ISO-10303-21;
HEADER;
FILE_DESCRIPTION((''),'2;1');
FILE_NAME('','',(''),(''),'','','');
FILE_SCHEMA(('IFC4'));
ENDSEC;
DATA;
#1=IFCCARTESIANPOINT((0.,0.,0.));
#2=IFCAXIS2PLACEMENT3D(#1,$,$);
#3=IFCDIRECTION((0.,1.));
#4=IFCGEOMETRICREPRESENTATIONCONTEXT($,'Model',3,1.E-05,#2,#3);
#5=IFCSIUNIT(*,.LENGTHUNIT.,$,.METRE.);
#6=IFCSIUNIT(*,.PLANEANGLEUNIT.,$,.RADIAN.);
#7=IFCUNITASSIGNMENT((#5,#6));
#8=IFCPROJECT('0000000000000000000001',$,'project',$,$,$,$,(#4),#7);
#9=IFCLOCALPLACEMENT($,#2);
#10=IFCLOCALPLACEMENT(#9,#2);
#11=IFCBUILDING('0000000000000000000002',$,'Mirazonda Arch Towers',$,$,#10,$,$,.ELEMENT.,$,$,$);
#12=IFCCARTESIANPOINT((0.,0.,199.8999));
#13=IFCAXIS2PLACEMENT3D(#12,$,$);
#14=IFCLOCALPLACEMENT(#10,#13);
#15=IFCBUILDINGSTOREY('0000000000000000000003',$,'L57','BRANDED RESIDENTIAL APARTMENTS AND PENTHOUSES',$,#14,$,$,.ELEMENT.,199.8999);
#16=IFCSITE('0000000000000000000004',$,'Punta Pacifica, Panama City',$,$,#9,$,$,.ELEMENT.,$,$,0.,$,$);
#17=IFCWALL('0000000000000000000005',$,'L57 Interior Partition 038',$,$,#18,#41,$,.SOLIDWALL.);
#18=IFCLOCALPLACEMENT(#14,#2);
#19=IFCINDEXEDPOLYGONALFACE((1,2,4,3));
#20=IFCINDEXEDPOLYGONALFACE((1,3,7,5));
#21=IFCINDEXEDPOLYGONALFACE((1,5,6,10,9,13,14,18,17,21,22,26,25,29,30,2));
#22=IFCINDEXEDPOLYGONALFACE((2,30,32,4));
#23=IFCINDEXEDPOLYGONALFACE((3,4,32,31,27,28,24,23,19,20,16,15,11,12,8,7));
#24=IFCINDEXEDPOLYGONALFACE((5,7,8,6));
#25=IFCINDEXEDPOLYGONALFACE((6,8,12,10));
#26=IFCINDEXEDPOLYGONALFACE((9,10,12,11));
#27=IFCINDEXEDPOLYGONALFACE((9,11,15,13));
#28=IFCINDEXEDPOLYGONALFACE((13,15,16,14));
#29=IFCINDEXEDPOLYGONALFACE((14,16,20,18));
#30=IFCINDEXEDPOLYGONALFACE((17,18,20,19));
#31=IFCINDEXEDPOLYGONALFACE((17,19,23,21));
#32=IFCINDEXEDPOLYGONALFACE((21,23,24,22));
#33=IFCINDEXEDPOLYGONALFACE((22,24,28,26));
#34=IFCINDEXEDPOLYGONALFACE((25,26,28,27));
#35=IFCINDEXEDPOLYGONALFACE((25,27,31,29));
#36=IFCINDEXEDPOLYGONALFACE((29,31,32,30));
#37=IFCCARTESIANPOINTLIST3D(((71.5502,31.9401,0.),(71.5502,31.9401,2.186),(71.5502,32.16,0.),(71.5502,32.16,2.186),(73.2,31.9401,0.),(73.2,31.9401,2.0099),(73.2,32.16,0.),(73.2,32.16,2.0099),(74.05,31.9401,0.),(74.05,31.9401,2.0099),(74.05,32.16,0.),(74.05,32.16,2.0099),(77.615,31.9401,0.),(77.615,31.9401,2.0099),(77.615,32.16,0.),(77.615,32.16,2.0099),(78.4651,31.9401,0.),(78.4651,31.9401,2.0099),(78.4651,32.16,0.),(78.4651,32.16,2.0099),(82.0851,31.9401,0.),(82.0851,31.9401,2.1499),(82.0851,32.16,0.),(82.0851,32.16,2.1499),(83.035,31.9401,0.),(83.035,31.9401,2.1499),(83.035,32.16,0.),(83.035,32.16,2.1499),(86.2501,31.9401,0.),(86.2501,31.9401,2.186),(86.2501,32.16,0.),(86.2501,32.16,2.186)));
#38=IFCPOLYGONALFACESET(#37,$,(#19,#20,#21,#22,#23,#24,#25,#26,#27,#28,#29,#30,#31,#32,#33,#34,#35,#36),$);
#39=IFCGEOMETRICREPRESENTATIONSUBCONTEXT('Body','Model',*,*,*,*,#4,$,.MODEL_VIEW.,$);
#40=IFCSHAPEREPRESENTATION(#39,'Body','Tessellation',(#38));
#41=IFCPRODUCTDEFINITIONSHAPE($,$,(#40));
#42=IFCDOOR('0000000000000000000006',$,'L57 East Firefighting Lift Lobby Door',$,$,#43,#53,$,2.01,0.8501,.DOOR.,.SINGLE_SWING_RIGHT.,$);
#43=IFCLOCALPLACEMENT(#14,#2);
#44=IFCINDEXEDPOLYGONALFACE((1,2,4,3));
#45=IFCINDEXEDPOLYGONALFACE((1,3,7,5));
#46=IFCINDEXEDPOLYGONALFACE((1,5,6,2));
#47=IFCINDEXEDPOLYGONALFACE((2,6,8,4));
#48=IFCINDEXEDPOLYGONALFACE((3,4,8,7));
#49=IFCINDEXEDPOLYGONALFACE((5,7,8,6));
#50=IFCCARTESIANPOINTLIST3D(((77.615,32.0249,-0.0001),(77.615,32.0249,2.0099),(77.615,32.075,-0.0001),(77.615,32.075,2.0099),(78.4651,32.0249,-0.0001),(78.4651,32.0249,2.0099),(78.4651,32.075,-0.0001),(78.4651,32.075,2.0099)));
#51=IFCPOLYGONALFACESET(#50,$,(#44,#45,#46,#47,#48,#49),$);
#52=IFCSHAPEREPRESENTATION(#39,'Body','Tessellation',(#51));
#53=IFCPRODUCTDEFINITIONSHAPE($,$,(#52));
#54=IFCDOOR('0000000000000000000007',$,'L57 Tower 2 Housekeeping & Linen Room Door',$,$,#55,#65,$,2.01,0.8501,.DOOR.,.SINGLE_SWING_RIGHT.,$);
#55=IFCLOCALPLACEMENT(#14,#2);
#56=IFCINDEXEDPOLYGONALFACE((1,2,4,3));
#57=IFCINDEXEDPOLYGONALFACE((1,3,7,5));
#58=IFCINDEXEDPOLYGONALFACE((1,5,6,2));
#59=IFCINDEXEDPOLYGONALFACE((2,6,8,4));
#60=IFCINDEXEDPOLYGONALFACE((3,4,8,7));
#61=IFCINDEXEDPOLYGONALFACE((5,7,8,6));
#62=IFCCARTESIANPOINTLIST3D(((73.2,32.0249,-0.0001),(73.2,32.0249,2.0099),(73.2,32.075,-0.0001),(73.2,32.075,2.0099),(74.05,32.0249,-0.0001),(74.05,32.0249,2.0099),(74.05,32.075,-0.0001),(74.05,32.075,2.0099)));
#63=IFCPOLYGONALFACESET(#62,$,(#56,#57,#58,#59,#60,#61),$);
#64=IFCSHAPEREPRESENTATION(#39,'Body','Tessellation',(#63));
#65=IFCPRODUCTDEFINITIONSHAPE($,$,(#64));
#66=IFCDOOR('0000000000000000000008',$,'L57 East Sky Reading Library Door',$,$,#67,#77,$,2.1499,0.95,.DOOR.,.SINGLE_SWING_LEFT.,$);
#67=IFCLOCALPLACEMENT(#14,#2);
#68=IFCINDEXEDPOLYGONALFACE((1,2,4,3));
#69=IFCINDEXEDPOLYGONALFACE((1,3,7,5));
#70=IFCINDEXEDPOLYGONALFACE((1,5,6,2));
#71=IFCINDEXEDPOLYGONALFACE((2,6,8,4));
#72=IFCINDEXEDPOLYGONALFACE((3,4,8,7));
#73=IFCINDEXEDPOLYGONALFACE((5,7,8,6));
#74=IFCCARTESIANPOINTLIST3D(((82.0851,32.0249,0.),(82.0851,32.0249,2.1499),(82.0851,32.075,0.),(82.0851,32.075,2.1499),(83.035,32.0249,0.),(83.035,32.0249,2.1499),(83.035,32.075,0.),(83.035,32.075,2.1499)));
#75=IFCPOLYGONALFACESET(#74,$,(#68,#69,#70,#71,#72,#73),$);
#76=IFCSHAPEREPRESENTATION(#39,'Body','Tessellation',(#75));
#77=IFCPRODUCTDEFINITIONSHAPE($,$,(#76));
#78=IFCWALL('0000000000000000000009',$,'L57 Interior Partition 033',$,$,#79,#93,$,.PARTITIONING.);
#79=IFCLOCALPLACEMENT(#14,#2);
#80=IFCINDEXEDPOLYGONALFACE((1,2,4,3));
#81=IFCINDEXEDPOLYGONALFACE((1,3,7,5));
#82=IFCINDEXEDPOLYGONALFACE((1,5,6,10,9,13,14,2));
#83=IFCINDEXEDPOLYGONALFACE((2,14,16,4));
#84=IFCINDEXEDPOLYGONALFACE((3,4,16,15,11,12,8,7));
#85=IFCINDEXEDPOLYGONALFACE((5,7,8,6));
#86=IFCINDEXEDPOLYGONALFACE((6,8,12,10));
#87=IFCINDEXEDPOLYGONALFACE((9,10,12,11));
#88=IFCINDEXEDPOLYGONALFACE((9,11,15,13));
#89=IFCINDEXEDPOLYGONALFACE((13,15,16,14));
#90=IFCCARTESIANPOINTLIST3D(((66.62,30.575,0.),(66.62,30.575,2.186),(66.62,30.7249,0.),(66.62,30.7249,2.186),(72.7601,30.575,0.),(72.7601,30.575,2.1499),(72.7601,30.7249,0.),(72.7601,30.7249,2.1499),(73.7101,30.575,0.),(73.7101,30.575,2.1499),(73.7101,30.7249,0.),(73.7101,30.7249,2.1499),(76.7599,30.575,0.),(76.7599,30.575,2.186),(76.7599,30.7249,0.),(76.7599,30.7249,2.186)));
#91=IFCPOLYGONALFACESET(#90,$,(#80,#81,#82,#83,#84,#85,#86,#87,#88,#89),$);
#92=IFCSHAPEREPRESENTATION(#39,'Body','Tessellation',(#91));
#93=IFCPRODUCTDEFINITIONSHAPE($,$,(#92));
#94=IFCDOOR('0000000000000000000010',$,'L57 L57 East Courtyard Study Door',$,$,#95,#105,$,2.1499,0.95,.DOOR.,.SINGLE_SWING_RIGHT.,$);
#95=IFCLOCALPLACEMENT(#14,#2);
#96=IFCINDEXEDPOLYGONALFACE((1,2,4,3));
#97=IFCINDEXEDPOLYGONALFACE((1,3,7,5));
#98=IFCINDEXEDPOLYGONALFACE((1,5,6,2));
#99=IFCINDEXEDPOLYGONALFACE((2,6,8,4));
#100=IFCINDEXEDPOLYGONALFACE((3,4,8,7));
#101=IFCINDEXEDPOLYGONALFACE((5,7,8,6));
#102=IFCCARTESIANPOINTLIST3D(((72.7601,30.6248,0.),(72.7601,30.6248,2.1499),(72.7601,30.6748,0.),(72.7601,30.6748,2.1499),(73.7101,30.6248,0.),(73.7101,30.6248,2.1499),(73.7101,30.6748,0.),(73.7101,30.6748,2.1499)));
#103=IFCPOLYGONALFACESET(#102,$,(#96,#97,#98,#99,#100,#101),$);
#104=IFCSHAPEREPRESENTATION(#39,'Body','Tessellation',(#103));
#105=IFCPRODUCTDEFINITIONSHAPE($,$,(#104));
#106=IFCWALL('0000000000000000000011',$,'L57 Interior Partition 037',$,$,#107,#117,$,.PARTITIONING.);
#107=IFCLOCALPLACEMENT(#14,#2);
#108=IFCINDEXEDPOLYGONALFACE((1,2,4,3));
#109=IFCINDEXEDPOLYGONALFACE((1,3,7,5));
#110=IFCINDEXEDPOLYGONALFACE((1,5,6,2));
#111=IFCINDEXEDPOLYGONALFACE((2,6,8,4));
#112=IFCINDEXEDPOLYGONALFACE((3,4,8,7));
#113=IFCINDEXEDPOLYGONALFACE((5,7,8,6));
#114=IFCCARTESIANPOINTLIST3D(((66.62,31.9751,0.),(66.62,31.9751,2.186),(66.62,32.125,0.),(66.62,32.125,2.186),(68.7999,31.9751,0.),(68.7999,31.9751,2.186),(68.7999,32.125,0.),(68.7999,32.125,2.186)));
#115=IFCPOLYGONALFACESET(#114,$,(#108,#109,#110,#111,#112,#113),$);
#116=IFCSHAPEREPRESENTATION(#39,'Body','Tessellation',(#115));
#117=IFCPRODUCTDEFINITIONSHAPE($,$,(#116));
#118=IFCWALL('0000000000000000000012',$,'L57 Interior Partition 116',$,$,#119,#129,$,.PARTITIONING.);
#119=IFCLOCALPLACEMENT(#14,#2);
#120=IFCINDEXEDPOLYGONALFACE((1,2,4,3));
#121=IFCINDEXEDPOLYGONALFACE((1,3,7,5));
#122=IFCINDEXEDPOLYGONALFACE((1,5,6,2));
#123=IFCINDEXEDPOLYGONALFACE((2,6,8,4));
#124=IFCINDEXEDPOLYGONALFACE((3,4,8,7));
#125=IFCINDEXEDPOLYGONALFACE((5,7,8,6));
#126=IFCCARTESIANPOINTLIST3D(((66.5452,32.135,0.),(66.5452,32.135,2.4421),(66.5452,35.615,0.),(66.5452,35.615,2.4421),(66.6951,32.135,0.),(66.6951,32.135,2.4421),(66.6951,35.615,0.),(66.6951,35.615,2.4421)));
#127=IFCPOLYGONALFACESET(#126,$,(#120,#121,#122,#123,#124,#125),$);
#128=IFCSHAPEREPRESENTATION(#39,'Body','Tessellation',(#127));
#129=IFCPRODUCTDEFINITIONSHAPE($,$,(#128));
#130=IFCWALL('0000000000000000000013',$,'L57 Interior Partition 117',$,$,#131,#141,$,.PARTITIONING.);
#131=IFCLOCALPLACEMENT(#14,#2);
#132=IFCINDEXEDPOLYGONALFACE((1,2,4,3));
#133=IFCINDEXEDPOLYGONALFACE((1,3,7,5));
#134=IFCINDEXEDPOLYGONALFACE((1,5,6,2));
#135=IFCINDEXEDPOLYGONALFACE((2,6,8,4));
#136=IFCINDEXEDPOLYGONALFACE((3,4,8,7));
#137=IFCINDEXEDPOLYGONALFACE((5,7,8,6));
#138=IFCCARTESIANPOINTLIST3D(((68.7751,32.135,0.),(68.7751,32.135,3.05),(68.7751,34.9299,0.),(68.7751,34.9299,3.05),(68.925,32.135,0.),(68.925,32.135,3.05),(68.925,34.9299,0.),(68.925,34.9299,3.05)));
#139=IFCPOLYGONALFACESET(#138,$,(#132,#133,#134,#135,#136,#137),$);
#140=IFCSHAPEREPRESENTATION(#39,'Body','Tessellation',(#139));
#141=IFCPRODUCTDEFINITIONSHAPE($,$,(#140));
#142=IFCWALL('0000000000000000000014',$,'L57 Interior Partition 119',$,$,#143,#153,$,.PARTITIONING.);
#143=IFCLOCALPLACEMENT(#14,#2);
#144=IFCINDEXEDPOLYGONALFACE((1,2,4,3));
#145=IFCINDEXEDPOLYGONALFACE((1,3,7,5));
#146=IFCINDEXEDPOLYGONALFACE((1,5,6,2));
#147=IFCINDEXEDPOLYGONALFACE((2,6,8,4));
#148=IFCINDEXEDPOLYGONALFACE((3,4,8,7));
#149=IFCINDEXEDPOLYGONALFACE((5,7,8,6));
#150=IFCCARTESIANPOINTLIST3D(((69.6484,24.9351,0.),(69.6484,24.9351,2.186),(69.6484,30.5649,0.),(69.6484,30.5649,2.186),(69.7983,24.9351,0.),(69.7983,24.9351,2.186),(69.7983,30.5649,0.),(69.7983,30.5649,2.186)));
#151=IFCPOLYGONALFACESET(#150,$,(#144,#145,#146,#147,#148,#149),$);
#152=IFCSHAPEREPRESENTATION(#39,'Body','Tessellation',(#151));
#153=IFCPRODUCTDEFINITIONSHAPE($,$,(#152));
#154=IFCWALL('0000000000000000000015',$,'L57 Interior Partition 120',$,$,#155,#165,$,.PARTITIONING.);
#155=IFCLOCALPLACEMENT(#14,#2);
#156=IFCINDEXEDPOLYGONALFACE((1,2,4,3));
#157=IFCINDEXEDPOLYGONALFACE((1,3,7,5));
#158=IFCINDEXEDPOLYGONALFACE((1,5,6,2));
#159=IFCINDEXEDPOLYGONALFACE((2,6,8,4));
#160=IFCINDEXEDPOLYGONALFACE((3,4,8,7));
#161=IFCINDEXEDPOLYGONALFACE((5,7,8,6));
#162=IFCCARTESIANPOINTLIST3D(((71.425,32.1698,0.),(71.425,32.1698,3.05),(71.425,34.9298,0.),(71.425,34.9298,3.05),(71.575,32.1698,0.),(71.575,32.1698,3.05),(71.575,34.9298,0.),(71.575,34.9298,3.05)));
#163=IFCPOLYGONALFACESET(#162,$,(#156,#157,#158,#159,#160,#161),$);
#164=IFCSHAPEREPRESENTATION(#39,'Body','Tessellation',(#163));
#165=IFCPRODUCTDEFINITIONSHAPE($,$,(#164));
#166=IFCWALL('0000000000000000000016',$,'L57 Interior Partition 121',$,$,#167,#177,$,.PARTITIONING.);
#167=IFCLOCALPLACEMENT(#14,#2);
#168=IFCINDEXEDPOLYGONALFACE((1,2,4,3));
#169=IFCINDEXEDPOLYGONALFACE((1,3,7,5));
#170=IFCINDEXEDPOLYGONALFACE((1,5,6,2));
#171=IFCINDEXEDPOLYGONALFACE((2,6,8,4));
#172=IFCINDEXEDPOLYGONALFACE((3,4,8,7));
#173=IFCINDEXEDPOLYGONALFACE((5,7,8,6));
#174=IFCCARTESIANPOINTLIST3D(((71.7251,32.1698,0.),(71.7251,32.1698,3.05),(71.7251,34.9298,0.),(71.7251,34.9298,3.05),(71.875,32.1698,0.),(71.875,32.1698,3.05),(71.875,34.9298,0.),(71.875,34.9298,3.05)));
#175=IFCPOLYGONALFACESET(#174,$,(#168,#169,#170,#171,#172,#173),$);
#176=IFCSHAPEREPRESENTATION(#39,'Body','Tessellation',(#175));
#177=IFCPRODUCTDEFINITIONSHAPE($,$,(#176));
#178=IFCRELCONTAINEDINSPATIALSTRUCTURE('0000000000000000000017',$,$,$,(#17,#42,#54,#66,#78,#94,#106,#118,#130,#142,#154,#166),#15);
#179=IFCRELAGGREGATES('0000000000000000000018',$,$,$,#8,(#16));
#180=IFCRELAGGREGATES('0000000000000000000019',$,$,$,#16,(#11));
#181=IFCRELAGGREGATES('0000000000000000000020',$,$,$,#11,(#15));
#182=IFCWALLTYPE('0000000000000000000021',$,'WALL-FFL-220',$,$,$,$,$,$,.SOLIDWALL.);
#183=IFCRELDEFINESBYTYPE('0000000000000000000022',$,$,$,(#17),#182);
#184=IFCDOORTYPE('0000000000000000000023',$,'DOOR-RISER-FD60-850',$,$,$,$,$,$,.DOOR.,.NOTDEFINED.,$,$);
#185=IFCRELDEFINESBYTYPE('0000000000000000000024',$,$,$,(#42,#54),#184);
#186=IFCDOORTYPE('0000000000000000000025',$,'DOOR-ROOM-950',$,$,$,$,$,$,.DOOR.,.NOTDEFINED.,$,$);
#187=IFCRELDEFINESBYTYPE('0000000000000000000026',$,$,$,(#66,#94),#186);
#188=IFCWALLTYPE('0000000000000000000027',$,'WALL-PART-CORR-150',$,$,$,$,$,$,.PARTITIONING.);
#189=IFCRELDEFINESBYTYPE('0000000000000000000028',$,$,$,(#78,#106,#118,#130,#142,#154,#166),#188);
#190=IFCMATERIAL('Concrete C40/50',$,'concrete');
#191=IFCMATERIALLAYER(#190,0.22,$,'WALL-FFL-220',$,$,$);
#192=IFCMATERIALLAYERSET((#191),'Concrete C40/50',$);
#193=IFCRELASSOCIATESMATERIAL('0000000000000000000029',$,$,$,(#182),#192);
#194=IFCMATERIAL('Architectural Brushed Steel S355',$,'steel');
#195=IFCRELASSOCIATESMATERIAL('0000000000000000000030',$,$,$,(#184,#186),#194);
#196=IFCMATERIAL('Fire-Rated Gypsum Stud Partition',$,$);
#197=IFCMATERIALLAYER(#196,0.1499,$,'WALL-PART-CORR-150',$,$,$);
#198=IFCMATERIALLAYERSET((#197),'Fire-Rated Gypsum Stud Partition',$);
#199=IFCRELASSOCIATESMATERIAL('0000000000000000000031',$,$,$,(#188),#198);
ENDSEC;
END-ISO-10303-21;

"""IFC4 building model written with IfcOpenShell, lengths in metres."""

from ifc_helpers import new_model, si_unit, direction, frame, frame_2d, origin, place, context, subcontext, project, spatial, rectangle, extrude, material, layer, layer_set, type_object, element, fill, save


model = new_model("IFC4")

# Units and contexts
model_context = context("Model", 3, precision=1e-05, world=origin(), true_north=direction((0.0, 1.0)))
body_context = subcontext(model_context, "Body", "Model", "MODEL_VIEW")
ifc_project = project(units=[si_unit("LENGTHUNIT", "METRE"), si_unit("PLANEANGLEUNIT", "RADIAN")], contexts=[model_context])

# Site, building, storey
site_placement = place(None, origin())
site = spatial("IfcSite", under=ifc_project, at=site_placement, Name="Punta Pacifica, Panama City", CompositionType="ELEMENT", RefElevation=0.0)
building_placement = place(site_placement, origin())
building = spatial("IfcBuilding", under=site, at=building_placement, Name="Mirazonda Arch Towers", CompositionType="ELEMENT")
storey_placement = place(building_placement, frame((0.0, 0.0, 199.8999)))
storey = spatial("IfcBuildingStorey", under=building, at=storey_placement, Name="L57", Description="BRANDED RESIDENTIAL APARTMENTS AND PENTHOUSES", CompositionType="ELEMENT", Elevation=199.8999)

# Wall, openings, doors
ifc_material_1 = material(Name="Architectural Brushed Steel S355", Category="steel")
ifc_material_2 = material(Name="Concrete C40/50", Category="concrete")
ifc_layer_1 = layer(ifc_material_2, 0.22, Name="WALL-FFL-220")
ifc_layer_set_1 = layer_set([ifc_layer_1], Name="Concrete C40/50")
wall_type_1 = type_object("IfcWallType", Name="WALL-FFL-220", PredefinedType="SOLIDWALL", material=ifc_layer_set_1)
wall_1_placement = place(storey_placement, frame((71.55, 32.05, 0.0), z_axis=(0.0, 0.0, 1.0), x_axis=(1.0, 0.0, 0.0)))
wall_1 = element("IfcWall", 1, at=wall_1_placement, inside=storey, type_object=wall_type_1, Name="L57 Interior Partition 038", PredefinedType="SOLIDWALL", context=body_context, shape_type="SweptSolid", body=[
    extrude(rectangle(XDim=14.7, YDim=0.22, at=frame_2d((7.3501, 0.0))), origin(), (0.0, 0.0, 1.0), 2.186),
])
opening_1_placement = place(wall_1_placement, frame((6.0649, 0.0, 0.0)))
opening_1 = element("IfcOpeningElement", 2, at=opening_1_placement, cuts=wall_1, PredefinedType="OPENING", context=body_context, shape_type="SweptSolid", body=[
    extrude(rectangle(XDim=0.8501, YDim=2.01, at=frame_2d((0.425, 1.0049))), frame((0.0, 0.1199, 0.0), z_axis=(0.0, -1.0, 0.0), x_axis=(1.0, 0.0, 0.0)), (0.0, 0.0, 1.0), 0.24),
])
opening_2_placement = place(wall_1_placement, frame((10.5349, 0.0, 0.0)))
opening_2 = element("IfcOpeningElement", 3, at=opening_2_placement, cuts=wall_1, PredefinedType="OPENING", context=body_context, shape_type="SweptSolid", body=[
    extrude(rectangle(XDim=0.95, YDim=2.1499, at=frame_2d((0.4751, 1.075))), frame((0.0, 0.1199, 0.0), z_axis=(0.0, -1.0, 0.0), x_axis=(1.0, 0.0, 0.0)), (0.0, 0.0, 1.0), 0.24),
])
opening_3_placement = place(wall_1_placement, frame((1.6499, 0.0, 0.0)))
opening_3 = element("IfcOpeningElement", 4, at=opening_3_placement, cuts=wall_1, PredefinedType="OPENING", context=body_context, shape_type="SweptSolid", body=[
    extrude(rectangle(XDim=0.8501, YDim=2.01, at=frame_2d((0.425, 1.0049))), frame((0.0, 0.1199, 0.0), z_axis=(0.0, -1.0, 0.0), x_axis=(1.0, 0.0, 0.0)), (0.0, 0.0, 1.0), 0.24),
])
door_type_1 = type_object("IfcDoorType", Name="DOOR-RISER-FD60-850", OperationType="NOTDEFINED", PredefinedType="DOOR", material=ifc_material_1)
door_1_placement = place(opening_1_placement, origin())
door_1 = element("IfcDoor", 5, at=door_1_placement, inside=storey, type_object=door_type_1, Name="L57 East Firefighting Lift Lobby Door", OperationType="SINGLE_SWING_RIGHT", OverallHeight=2.01, OverallWidth=0.8501, PredefinedType="DOOR", context=body_context, shape_type="SweptSolid", body=[
    extrude(rectangle(XDim=0.8501, YDim=2.01, at=frame_2d((0.425, 1.0049))), frame((0.0, 0.0249, 0.0), z_axis=(0.0, -1.0, 0.0), x_axis=(1.0, 0.0, 0.0)), (0.0, 0.0, 1.0), 0.05),
])
fill(opening_1, door_1)
door_2_placement = place(opening_3_placement, origin())
door_2 = element("IfcDoor", 6, at=door_2_placement, inside=storey, type_object=door_type_1, Name="L57 Tower 2 Housekeeping & Linen Room Door", OperationType="SINGLE_SWING_RIGHT", OverallHeight=2.01, OverallWidth=0.8501, PredefinedType="DOOR", context=body_context, shape_type="SweptSolid", body=[
    extrude(rectangle(XDim=0.8501, YDim=2.01, at=frame_2d((0.425, 1.0049))), frame((0.0, 0.0249, 0.0), z_axis=(0.0, -1.0, 0.0), x_axis=(1.0, 0.0, 0.0)), (0.0, 0.0, 1.0), 0.05),
])
fill(opening_3, door_2)
door_type_2 = type_object("IfcDoorType", Name="DOOR-ROOM-950", OperationType="NOTDEFINED", PredefinedType="DOOR", material=ifc_material_1)
door_3_placement = place(opening_2_placement, origin())
door_3 = element("IfcDoor", 7, at=door_3_placement, inside=storey, type_object=door_type_2, Name="L57 East Sky Reading Library Door", OperationType="SINGLE_SWING_LEFT", OverallHeight=2.1499, OverallWidth=0.95, PredefinedType="DOOR", context=body_context, shape_type="SweptSolid", body=[
    extrude(rectangle(XDim=0.95, YDim=2.1499, at=frame_2d((0.4751, 1.075))), frame((0.0, 0.0249, 0.0), z_axis=(0.0, -1.0, 0.0), x_axis=(1.0, 0.0, 0.0)), (0.0, 0.0, 1.0), 0.05),
])
fill(opening_2, door_3)

# Wall, opening, door
ifc_material_3 = material(Name="Fire-Rated Gypsum Stud Partition")
ifc_layer_2 = layer(ifc_material_3, 0.1499, Name="WALL-PART-CORR-150")
ifc_layer_set_2 = layer_set([ifc_layer_2], Name="Fire-Rated Gypsum Stud Partition")
wall_type_2 = type_object("IfcWallType", Name="WALL-PART-CORR-150", PredefinedType="PARTITIONING", material=ifc_layer_set_2)
wall_2_placement = place(storey_placement, frame((66.6201, 30.6499, 0.0), z_axis=(0.0, 0.0, 1.0), x_axis=(1.0, 0.0, 0.0)))
wall_2 = element("IfcWall", 8, at=wall_2_placement, inside=storey, type_object=wall_type_2, Name="L57 Interior Partition 033", PredefinedType="PARTITIONING", context=body_context, shape_type="SweptSolid", body=[
    extrude(rectangle(XDim=10.1399, YDim=0.1499, at=frame_2d((5.0698, 0.0))), origin(), (0.0, 0.0, 1.0), 2.186),
])
opening_4_placement = place(wall_2_placement, frame((6.1399, 0.0, 0.0)))
opening_4 = element("IfcOpeningElement", 9, at=opening_4_placement, cuts=wall_2, PredefinedType="OPENING", context=body_context, shape_type="SweptSolid", body=[
    extrude(rectangle(XDim=0.95, YDim=2.1499, at=frame_2d((0.4751, 1.075))), frame((0.0, 0.085, 0.0), z_axis=(0.0, -1.0, 0.0), x_axis=(1.0, 0.0, 0.0)), (0.0, 0.0, 1.0), 0.1699),
])
door_4_placement = place(opening_4_placement, origin())
door_4 = element("IfcDoor", 10, at=door_4_placement, inside=storey, type_object=door_type_2, Name="L57 L57 East Courtyard Study Door", OperationType="SINGLE_SWING_RIGHT", OverallHeight=2.1499, OverallWidth=0.95, PredefinedType="DOOR", context=body_context, shape_type="SweptSolid", body=[
    extrude(rectangle(XDim=0.95, YDim=2.1499, at=frame_2d((0.4751, 1.075))), frame((0.0, 0.0249, 0.0), z_axis=(0.0, -1.0, 0.0), x_axis=(1.0, 0.0, 0.0)), (0.0, 0.0, 1.0), 0.05),
])
fill(opening_4, door_4)

# Wall
wall_3_placement = place(storey_placement, frame((66.6201, 32.05, 0.0), z_axis=(0.0, 0.0, 1.0), x_axis=(1.0, 0.0, 0.0)))
element("IfcWall", 11, at=wall_3_placement, inside=storey, type_object=wall_type_2, Name="L57 Interior Partition 037", PredefinedType="PARTITIONING", context=body_context, shape_type="SweptSolid", body=[
    extrude(rectangle(XDim=2.1799, YDim=0.1499, at=frame_2d((1.0898, 0.0))), origin(), (0.0, 0.0, 1.0), 2.186),
])

# Walls
wall_4_placement = place(storey_placement, frame((66.6201, 32.135, 0.0), z_axis=(0.0, 0.0, 1.0), x_axis=(0.0, 1.0, 0.0)))
element("IfcWall", 12, at=wall_4_placement, inside=storey, type_object=wall_type_2, Name="L57 Interior Partition 116", PredefinedType="PARTITIONING", context=body_context, shape_type="SweptSolid", body=[
    extrude(rectangle(XDim=3.48, YDim=0.1499, at=frame_2d((1.74, 0.0))), origin(), (0.0, 0.0, 1.0), 2.4421),
])
wall_5_placement = place(storey_placement, frame((68.8501, 32.135, 0.0), z_axis=(0.0, 0.0, 1.0), x_axis=(0.0, 1.0, 0.0)))
element("IfcWall", 13, at=wall_5_placement, inside=storey, type_object=wall_type_2, Name="L57 Interior Partition 117", PredefinedType="PARTITIONING", context=body_context, shape_type="SweptSolid", body=[
    extrude(rectangle(XDim=2.7949, YDim=0.1499, at=frame_2d((1.3975, 0.0))), origin(), (0.0, 0.0, 1.0), 3.05),
])
wall_6_placement = place(storey_placement, frame((69.7234, 24.9351, 0.0), z_axis=(0.0, 0.0, 1.0), x_axis=(0.0, 1.0, 0.0)))
element("IfcWall", 14, at=wall_6_placement, inside=storey, type_object=wall_type_2, Name="L57 Interior Partition 119", PredefinedType="PARTITIONING", context=body_context, shape_type="SweptSolid", body=[
    extrude(rectangle(XDim=5.6299, YDim=0.1499, at=frame_2d((2.8149, 0.0))), origin(), (0.0, 0.0, 1.0), 2.186),
])
for number, where, z_axis, x_axis, name in (
    (15, (71.5, 32.1699, 0.0), (0.0, 0.0, 1.0), (0.0, 1.0, 0.0), "L57 Interior Partition 120"),
    (16, (71.8, 32.1699, 0.0), (0.0, 0.0, 1.0), (0.0, 1.0, 0.0), "L57 Interior Partition 121"),
):
    element("IfcWall", number, at=place(storey_placement, frame(where, z_axis=z_axis, x_axis=x_axis)), inside=storey, type_object=wall_type_2, Name=name, PredefinedType="PARTITIONING", context=body_context, shape_type="SweptSolid", body=[
        extrude(rectangle(XDim=2.76, YDim=0.1499, at=frame_2d((1.3799, 0.0))), origin(), (0.0, 0.0, 1.0), 3.05),
    ])

save(model, "model.ifc")
